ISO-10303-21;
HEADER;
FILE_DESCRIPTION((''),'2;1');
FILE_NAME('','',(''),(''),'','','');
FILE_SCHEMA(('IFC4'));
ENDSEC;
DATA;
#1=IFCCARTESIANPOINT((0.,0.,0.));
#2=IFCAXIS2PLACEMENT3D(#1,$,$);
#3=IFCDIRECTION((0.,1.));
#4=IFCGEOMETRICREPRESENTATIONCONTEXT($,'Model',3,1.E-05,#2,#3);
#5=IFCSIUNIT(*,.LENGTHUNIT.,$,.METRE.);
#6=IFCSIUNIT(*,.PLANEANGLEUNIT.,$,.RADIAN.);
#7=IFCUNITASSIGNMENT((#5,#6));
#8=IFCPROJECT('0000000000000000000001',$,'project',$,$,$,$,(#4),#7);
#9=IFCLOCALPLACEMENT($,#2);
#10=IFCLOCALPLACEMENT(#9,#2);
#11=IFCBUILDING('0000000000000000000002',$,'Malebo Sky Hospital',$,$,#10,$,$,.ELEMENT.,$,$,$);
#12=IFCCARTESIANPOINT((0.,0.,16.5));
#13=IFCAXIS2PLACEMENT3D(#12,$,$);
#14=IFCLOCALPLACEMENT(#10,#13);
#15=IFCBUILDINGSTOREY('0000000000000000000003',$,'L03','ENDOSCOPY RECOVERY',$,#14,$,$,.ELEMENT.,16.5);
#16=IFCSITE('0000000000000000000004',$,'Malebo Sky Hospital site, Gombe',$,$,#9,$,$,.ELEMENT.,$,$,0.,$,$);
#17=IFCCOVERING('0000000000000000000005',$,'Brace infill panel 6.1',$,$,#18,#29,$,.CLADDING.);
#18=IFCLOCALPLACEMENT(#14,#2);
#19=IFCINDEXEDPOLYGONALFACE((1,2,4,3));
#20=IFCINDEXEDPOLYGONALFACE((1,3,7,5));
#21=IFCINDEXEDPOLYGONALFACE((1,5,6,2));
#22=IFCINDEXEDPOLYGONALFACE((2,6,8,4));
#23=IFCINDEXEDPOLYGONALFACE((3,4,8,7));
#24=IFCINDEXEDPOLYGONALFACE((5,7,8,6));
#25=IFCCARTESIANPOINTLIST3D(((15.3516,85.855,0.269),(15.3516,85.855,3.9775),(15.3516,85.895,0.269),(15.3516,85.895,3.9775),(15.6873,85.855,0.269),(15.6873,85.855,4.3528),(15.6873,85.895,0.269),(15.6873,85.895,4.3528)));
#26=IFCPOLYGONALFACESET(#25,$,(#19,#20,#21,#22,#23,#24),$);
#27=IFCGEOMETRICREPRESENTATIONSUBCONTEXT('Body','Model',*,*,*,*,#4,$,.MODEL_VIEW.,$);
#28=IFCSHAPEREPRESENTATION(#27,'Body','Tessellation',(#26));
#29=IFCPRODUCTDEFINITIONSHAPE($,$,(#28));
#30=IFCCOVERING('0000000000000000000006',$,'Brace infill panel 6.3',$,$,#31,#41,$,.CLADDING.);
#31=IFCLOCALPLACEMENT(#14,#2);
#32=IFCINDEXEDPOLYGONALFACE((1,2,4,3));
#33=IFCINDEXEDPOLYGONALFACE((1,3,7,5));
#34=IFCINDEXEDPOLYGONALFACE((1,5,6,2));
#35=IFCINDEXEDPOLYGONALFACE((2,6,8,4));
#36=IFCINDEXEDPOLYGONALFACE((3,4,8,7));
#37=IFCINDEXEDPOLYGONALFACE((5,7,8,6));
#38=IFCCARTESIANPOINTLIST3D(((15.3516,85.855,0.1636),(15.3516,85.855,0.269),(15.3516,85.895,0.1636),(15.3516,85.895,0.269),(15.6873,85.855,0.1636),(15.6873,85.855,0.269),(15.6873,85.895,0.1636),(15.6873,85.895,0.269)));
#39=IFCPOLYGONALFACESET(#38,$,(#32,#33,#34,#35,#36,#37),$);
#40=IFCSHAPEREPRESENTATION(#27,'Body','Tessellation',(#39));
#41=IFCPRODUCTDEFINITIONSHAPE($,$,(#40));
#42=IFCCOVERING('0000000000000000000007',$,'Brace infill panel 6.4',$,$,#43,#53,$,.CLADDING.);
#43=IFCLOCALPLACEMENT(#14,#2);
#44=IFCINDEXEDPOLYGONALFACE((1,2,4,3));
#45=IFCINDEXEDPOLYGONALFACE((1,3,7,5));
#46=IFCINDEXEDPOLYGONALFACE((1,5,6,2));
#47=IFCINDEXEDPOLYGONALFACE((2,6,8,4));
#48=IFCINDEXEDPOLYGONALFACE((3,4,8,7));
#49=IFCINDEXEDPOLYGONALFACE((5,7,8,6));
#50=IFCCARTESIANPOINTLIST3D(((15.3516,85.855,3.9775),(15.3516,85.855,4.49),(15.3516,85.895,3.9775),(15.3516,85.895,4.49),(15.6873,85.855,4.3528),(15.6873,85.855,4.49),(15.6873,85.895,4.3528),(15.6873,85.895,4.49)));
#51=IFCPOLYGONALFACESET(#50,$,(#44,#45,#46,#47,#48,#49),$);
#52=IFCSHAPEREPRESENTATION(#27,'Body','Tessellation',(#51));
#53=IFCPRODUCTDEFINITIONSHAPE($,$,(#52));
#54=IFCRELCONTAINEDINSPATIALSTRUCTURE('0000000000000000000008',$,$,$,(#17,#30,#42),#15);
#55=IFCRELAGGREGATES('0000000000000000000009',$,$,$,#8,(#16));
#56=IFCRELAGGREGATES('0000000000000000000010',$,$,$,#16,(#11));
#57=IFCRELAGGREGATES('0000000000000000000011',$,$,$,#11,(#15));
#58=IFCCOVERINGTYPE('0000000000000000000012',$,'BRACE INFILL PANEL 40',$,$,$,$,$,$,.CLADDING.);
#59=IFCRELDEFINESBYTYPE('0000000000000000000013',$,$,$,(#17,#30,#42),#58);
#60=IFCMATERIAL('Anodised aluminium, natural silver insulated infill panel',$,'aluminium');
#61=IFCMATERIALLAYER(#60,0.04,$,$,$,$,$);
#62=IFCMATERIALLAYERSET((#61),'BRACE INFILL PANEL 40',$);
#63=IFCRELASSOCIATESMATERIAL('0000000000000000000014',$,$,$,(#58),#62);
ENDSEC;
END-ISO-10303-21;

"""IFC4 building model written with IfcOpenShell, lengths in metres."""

from ifc_helpers import new_model, si_unit, direction, frame, origin, place, context, subcontext, project, spatial, polyline, outline, extrude, material, layer, layer_set, type_object, element, save


model = new_model("IFC4")

# Units and contexts
model_context = context("Model", 3, precision=1e-05, world=origin(), true_north=direction((0.0, 1.0)))
body_context = subcontext(model_context, "Body", "Model", "MODEL_VIEW")
ifc_project = project(units=[si_unit("LENGTHUNIT", "METRE"), si_unit("PLANEANGLEUNIT", "RADIAN")], contexts=[model_context])

# Site, building, storey
site_placement = place(None, origin())
site = spatial("IfcSite", under=ifc_project, at=site_placement, Name="Malebo Sky Hospital site, Gombe", CompositionType="ELEMENT", RefElevation=0.0)
building_placement = place(site_placement, origin())
building = spatial("IfcBuilding", under=site, at=building_placement, Name="Malebo Sky Hospital", CompositionType="ELEMENT")
storey_placement = place(building_placement, frame((0.0, 0.0, 16.5)))
storey = spatial("IfcBuildingStorey", under=building, at=storey_placement, Name="L03", Description="ENDOSCOPY RECOVERY", CompositionType="ELEMENT", Elevation=16.5)

# Coverings
ifc_material_1 = material(Name="Anodised aluminium, natural silver insulated infill panel", Category="aluminium")
ifc_layer_1 = layer(ifc_material_1, 0.04)
ifc_layer_set_1 = layer_set([ifc_layer_1], Name="BRACE INFILL PANEL 40")
covering_type = type_object("IfcCoveringType", Name="BRACE INFILL PANEL 40", PredefinedType="CLADDING", material=ifc_layer_set_1)
covering_1_placement = place(storey_placement, frame((15.5195, 85.875, 0.269), z_axis=(0.0, 0.0, 1.0), x_axis=(-1.0, 0.0, 0.0)))
element("IfcCovering", 1, at=covering_1_placement, inside=storey, type_object=covering_type, Name="Brace infill panel 6.1", PredefinedType="CLADDING", context=body_context, shape_type="SweptSolid", body=[
    extrude(outline(polyline([(-0.1677, 0.0), (0.168, 0.0), (0.168, 3.7085), (-0.1677, 4.0837), (-0.1677, 0.0)])), frame((0.0, 0.02, 0.0), z_axis=(0.0, -1.0, 0.0), x_axis=(1.0, 0.0, 0.0)), (0.0, 0.0, 1.0), 0.04),
])
covering_2_placement = place(storey_placement, frame((15.5195, 85.875, 0.1636), z_axis=(0.0, 0.0, 1.0), x_axis=(-1.0, 0.0, 0.0)))
element("IfcCovering", 2, at=covering_2_placement, inside=storey, type_object=covering_type, Name="Brace infill panel 6.3", PredefinedType="CLADDING", context=body_context, shape_type="SweptSolid", body=[
    extrude(outline(polyline([(-0.1677, 0.0), (0.168, 0.0), (0.168, 0.1055), (-0.1677, 0.1055), (-0.1677, 0.0)])), frame((0.0, 0.02, 0.0), z_axis=(0.0, -1.0, 0.0), x_axis=(1.0, 0.0, 0.0)), (0.0, 0.0, 1.0), 0.04),
])
covering_3_placement = place(storey_placement, frame((15.5195, 85.875, 3.9775), z_axis=(0.0, 0.0, 1.0), x_axis=(-1.0, 0.0, 0.0)))
element("IfcCovering", 3, at=covering_3_placement, inside=storey, type_object=covering_type, Name="Brace infill panel 6.4", PredefinedType="CLADDING", context=body_context, shape_type="SweptSolid", body=[
    extrude(outline(polyline([(0.168, 0.0), (0.168, 0.5125), (-0.1677, 0.5125), (-0.1677, 0.3752), (0.168, 0.0)])), frame((0.0, 0.02, 0.0), z_axis=(0.0, -1.0, 0.0), x_axis=(1.0, 0.0, 0.0)), (0.0, 0.0, 1.0), 0.04),
])

save(model, "model.ifc")
